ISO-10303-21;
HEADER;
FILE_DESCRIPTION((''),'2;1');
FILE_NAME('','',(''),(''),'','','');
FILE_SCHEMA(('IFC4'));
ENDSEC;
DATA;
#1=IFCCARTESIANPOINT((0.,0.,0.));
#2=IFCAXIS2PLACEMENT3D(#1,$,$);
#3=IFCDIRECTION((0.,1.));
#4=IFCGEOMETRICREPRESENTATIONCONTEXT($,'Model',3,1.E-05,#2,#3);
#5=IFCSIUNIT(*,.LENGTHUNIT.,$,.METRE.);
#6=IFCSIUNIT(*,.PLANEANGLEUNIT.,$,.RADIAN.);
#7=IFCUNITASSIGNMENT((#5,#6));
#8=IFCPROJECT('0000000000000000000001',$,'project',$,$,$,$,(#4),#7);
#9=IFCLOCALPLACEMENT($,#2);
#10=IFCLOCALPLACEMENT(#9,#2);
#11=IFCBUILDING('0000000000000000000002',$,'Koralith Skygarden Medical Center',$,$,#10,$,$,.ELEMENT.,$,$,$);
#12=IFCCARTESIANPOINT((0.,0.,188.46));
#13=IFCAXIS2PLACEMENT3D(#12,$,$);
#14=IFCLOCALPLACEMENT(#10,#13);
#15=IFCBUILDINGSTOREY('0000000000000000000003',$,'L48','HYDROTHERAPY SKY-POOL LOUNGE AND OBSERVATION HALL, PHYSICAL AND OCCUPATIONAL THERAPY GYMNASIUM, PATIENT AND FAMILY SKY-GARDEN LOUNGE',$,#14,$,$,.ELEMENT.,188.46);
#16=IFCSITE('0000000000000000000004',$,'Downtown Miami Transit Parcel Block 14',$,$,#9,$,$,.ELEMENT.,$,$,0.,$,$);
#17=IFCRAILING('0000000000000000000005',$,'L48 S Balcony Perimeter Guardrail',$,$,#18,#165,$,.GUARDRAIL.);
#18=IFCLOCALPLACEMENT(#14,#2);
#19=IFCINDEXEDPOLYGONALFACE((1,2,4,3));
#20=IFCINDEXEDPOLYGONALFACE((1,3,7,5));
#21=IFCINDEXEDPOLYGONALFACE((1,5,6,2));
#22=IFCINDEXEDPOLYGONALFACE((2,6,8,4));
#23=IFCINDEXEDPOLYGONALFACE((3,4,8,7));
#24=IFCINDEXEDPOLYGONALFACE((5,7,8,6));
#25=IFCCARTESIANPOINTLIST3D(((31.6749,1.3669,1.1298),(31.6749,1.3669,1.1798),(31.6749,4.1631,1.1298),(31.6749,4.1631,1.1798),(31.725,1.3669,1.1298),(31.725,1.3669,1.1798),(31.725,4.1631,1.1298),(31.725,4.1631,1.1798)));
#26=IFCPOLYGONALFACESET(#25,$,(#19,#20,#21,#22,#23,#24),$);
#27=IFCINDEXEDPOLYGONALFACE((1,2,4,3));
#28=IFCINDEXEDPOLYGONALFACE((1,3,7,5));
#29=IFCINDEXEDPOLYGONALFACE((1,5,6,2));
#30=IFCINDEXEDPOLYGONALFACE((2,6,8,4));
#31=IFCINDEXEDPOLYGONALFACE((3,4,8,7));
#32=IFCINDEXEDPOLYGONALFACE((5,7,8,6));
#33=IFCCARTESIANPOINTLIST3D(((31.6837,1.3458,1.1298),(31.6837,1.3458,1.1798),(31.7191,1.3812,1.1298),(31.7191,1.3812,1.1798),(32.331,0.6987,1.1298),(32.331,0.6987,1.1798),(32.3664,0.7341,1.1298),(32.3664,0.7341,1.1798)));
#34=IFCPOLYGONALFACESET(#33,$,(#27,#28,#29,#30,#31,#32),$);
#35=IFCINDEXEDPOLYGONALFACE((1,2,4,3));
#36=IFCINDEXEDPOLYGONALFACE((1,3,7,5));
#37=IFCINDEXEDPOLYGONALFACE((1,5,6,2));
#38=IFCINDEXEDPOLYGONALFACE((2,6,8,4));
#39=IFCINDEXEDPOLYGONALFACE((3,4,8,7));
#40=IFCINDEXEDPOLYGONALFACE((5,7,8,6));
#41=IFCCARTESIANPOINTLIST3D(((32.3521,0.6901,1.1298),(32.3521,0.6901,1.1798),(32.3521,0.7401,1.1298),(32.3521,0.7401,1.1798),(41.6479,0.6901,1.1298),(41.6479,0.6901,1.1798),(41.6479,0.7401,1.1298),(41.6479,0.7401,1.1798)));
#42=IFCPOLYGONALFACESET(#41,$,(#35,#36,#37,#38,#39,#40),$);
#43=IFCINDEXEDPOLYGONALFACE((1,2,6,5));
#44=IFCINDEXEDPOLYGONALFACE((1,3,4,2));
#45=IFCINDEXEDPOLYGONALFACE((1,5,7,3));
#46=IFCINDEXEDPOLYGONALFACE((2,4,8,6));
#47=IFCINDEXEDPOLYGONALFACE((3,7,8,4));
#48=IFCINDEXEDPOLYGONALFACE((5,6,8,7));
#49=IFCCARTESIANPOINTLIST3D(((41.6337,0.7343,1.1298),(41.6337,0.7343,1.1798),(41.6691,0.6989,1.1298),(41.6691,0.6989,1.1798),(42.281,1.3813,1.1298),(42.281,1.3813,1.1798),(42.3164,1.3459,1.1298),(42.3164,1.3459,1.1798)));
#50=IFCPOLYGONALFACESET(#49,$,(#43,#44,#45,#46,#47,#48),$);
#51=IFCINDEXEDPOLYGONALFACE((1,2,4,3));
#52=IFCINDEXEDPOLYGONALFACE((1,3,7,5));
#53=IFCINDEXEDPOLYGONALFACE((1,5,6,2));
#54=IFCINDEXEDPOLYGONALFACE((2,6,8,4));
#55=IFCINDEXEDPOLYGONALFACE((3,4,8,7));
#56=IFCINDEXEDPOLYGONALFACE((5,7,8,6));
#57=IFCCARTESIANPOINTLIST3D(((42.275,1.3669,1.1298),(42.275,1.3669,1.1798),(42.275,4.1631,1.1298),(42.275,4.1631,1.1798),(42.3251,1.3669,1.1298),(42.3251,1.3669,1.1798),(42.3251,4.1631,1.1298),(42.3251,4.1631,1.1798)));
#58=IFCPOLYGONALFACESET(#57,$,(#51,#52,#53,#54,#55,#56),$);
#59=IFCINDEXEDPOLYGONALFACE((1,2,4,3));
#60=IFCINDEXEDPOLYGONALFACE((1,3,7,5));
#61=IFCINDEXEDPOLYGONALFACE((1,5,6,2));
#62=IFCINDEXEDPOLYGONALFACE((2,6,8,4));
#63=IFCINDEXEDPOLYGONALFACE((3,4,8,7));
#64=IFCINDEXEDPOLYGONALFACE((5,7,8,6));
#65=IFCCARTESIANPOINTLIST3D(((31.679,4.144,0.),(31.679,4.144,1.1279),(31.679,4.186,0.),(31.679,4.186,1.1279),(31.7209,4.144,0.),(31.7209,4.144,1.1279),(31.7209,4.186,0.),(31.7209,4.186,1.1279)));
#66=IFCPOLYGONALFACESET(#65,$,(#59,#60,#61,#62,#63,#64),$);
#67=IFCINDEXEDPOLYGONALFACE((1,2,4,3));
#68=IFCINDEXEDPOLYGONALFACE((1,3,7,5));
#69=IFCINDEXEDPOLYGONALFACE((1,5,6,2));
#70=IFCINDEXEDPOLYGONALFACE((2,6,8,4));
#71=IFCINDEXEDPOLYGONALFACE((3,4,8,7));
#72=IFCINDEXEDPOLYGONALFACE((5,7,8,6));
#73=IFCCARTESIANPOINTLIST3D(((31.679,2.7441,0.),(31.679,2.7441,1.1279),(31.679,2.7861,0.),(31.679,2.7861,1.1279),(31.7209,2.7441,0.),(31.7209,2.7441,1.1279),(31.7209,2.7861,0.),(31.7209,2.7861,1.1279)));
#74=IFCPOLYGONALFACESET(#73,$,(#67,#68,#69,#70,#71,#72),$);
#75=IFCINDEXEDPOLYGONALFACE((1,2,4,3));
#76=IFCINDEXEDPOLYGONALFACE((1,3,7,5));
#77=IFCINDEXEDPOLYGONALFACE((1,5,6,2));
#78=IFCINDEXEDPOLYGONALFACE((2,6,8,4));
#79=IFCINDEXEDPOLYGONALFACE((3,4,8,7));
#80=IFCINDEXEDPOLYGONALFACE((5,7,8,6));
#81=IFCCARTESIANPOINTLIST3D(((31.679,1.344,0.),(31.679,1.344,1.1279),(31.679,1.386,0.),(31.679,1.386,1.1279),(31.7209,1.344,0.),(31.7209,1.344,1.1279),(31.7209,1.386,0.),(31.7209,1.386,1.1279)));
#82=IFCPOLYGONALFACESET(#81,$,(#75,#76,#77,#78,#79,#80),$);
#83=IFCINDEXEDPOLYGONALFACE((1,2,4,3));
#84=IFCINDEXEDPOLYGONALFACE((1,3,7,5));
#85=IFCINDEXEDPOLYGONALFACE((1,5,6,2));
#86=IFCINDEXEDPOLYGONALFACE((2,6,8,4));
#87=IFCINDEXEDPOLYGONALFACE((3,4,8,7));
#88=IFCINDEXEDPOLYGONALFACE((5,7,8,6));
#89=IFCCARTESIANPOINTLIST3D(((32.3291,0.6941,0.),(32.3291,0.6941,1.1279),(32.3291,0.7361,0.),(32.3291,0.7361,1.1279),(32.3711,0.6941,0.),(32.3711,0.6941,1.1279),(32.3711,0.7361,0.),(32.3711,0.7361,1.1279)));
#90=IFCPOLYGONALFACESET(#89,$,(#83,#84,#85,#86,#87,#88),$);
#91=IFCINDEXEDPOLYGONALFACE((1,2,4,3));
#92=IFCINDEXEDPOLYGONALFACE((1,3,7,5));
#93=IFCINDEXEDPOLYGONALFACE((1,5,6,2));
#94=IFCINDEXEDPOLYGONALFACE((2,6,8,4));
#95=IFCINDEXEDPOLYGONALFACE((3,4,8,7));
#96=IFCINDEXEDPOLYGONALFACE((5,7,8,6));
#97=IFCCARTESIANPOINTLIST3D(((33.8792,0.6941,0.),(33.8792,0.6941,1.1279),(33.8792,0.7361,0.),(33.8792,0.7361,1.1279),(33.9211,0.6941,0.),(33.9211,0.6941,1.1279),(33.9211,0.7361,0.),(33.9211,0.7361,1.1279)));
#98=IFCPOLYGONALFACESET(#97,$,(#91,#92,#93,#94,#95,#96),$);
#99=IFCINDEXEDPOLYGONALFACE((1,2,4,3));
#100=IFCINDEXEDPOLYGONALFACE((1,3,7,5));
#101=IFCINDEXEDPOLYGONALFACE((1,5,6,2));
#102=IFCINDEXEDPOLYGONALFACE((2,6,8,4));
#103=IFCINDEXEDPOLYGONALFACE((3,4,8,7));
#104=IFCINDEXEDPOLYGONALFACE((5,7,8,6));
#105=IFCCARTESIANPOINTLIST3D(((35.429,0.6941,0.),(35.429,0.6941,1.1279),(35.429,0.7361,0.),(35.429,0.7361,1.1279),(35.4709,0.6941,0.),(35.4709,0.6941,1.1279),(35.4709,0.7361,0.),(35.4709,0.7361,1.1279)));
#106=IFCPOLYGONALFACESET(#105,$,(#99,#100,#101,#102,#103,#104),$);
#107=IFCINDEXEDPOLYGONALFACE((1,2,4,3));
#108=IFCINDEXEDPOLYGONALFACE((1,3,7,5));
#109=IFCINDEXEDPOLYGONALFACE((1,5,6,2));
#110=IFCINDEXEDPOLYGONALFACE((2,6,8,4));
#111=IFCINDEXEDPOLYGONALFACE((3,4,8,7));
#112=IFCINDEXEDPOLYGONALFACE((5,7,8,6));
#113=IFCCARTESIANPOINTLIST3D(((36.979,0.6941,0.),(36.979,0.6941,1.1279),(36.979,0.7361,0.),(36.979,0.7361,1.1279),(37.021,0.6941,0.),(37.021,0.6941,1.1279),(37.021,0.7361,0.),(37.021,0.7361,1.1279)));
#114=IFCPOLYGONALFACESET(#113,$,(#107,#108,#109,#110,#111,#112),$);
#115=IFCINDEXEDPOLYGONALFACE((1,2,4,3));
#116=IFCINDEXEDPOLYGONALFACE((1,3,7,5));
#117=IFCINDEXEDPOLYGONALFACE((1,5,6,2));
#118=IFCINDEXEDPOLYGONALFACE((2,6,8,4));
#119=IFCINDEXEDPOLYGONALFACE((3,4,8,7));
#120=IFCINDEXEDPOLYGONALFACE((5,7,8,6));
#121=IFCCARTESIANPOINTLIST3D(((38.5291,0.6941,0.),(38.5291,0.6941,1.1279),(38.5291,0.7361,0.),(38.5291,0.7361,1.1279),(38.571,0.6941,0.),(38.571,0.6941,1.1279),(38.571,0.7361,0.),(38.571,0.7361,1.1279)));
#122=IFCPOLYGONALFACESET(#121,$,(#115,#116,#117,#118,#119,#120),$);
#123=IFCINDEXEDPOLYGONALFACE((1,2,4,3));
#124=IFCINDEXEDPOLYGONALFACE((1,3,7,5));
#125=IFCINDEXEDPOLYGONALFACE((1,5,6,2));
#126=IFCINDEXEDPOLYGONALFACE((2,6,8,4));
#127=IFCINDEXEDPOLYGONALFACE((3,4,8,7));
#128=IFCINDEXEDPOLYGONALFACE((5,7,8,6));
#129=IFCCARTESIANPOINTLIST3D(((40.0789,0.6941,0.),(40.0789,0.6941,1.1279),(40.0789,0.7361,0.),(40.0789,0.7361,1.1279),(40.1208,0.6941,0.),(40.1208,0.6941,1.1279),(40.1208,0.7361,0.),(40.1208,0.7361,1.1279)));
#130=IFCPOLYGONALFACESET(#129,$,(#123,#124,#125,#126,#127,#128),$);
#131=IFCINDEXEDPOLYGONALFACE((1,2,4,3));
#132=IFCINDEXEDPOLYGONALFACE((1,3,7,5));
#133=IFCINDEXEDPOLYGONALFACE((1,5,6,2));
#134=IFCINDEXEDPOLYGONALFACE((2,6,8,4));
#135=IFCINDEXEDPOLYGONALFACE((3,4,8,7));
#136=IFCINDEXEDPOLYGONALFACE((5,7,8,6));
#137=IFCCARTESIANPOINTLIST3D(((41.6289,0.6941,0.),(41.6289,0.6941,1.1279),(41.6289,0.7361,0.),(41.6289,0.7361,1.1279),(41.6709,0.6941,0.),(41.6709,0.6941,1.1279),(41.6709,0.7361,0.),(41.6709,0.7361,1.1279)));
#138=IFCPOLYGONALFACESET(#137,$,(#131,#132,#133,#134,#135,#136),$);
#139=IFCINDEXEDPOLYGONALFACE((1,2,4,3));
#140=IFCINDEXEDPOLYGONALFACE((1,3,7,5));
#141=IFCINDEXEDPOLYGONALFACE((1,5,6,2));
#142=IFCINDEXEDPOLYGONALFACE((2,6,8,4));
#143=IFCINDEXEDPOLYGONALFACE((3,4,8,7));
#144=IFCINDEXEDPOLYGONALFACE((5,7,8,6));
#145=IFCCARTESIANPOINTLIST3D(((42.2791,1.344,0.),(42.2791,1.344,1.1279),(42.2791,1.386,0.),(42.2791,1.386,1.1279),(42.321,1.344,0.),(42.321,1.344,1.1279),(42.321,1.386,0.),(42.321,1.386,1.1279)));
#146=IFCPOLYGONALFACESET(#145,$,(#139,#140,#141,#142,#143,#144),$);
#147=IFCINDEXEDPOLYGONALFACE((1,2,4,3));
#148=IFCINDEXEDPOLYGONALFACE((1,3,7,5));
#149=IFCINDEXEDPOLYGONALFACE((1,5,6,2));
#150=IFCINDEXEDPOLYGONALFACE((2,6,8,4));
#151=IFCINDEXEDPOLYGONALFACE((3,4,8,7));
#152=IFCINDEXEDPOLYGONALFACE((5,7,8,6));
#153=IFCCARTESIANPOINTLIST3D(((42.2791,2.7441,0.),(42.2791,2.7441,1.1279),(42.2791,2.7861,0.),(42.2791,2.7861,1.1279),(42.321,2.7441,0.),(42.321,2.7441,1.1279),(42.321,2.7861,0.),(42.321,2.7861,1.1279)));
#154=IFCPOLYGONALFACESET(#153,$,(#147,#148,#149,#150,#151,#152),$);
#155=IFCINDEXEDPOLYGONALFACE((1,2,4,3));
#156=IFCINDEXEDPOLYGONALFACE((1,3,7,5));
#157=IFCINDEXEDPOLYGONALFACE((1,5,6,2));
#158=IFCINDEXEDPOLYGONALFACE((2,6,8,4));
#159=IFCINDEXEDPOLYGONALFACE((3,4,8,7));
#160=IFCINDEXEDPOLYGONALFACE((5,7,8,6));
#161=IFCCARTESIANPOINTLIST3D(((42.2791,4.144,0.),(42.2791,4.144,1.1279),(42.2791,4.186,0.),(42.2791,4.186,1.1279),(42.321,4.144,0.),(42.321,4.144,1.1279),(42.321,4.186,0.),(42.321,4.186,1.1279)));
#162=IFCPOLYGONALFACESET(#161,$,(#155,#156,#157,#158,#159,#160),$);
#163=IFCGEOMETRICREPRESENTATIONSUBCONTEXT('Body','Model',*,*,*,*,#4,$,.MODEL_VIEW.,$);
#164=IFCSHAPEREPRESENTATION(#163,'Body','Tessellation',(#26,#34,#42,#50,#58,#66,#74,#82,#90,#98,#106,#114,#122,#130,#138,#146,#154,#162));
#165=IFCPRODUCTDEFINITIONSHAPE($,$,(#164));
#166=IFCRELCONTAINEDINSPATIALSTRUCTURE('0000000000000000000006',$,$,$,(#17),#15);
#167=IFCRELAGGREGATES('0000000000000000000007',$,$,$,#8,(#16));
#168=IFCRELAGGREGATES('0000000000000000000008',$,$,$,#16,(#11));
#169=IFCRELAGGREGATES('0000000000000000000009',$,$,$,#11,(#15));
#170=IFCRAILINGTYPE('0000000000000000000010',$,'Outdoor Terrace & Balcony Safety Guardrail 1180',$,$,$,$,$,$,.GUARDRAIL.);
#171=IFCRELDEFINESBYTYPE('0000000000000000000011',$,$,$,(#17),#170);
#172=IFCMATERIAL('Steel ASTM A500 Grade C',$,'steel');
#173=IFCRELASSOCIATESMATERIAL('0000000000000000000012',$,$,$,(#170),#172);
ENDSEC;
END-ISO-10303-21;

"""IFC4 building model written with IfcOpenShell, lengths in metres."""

from ifc_helpers import new_model, si_unit, direction, frame, origin, origin_2d, place, context, subcontext, project, spatial, rectangle, extrude, material, type_object, element, save


model = new_model("IFC4")

# Units and contexts
model_context = context("Model", 3, precision=1e-05, world=origin(), true_north=direction((0.0, 1.0)))
body_context = subcontext(model_context, "Body", "Model", "MODEL_VIEW")
ifc_project = project(units=[si_unit("LENGTHUNIT", "METRE"), si_unit("PLANEANGLEUNIT", "RADIAN")], contexts=[model_context])

# Site, building, storey
site_placement = place(None, origin())
site = spatial("IfcSite", under=ifc_project, at=site_placement, Name="Downtown Miami Transit Parcel Block 14", CompositionType="ELEMENT", RefElevation=0.0)
building_placement = place(site_placement, origin())
building = spatial("IfcBuilding", under=site, at=building_placement, Name="Koralith Skygarden Medical Center", CompositionType="ELEMENT")
storey_placement = place(building_placement, frame((0.0, 0.0, 188.46)))
storey = spatial("IfcBuildingStorey", under=building, at=storey_placement, Name="L48", Description="HYDROTHERAPY SKY-POOL LOUNGE AND OBSERVATION HALL, PHYSICAL AND OCCUPATIONAL THERAPY GYMNASIUM, PATIENT AND FAMILY SKY-GARDEN LOUNGE", CompositionType="ELEMENT", Elevation=188.46)

# Railing
ifc_material_1 = material(Name="Steel ASTM A500 Grade C", Category="steel")
railing_type = type_object("IfcRailingType", Name="Outdoor Terrace & Balcony Safety Guardrail 1180", PredefinedType="GUARDRAIL", material=ifc_material_1)
railing_placement = place(storey_placement, frame((31.7, 4.165, 0.0)))
element("IfcRailing", 1, at=railing_placement, inside=storey, type_object=railing_type, Name="L48 S Balcony Perimeter Guardrail", PredefinedType="GUARDRAIL", context=body_context, shape_type="SweptSolid", body=[
    extrude(rectangle(XDim=0.05, YDim=0.05, at=origin_2d()), frame((0.0, -0.002, 1.1548), z_axis=(0.0, -1.0, 0.0), x_axis=(1.0, 0.0, 0.0)), (0.0, 0.0, 1.0), 2.7961),
    extrude(rectangle(XDim=0.05, YDim=0.05, at=origin_2d()), frame((0.0015, -2.8015, 1.1548), z_axis=(0.70724, -0.706974, 0.0), x_axis=(0.706974, 0.70724, 0.0)), (0.0, 0.0, 1.0), 0.9153),
    extrude(rectangle(XDim=0.05, YDim=0.05, at=origin_2d()), frame((0.6521, -3.45, 1.1548), z_axis=(1.0, 0.0, 0.0), x_axis=(0.0, 1.0, 0.0)), (0.0, 0.0, 1.0), 9.2959),
    extrude(rectangle(XDim=0.05, YDim=0.05, at=origin_2d()), frame((9.9514, -3.4485, 1.1548), z_axis=(0.70724, 0.706974, 0.0), x_axis=(-0.706974, 0.70724, 0.0)), (0.0, 0.0, 1.0), 0.9153),
    extrude(rectangle(XDim=0.05, YDim=0.05, at=origin_2d()), frame((10.6001, -2.7981, 1.1548), z_axis=(0.0, 1.0, 0.0), x_axis=(-1.0, 0.0, 0.0)), (0.0, 0.0, 1.0), 2.7961),
    extrude(rectangle(XDim=0.042, YDim=0.042, at=origin_2d()), origin(), (0.0, 0.0, 1.0), 1.1279),
    extrude(rectangle(XDim=0.042, YDim=0.042, at=origin_2d()), frame((0.0, -1.3999, 0.0)), (0.0, 0.0, 1.0), 1.1279),
    extrude(rectangle(XDim=0.042, YDim=0.042, at=origin_2d()), frame((0.0, -2.8, 0.0)), (0.0, 0.0, 1.0), 1.1279),
    extrude(rectangle(XDim=0.042, YDim=0.042, at=origin_2d()), frame((0.6501, -3.45, 0.0)), (0.0, 0.0, 1.0), 1.1279),
    extrude(rectangle(XDim=0.042, YDim=0.042, at=origin_2d()), frame((2.2002, -3.45, 0.0)), (0.0, 0.0, 1.0), 1.1279),
    extrude(rectangle(XDim=0.042, YDim=0.042, at=origin_2d()), frame((3.75, -3.45, 0.0)), (0.0, 0.0, 1.0), 1.1279),
    extrude(rectangle(XDim=0.042, YDim=0.042, at=origin_2d()), frame((5.3, -3.45, 0.0)), (0.0, 0.0, 1.0), 1.1279),
    extrude(rectangle(XDim=0.042, YDim=0.042, at=origin_2d()), frame((6.8501, -3.45, 0.0)), (0.0, 0.0, 1.0), 1.1279),
    extrude(rectangle(XDim=0.042, YDim=0.042, at=origin_2d()), frame((8.3999, -3.45, 0.0)), (0.0, 0.0, 1.0), 1.1279),
    extrude(rectangle(XDim=0.042, YDim=0.042, at=origin_2d()), frame((9.95, -3.45, 0.0)), (0.0, 0.0, 1.0), 1.1279),
    extrude(rectangle(XDim=0.042, YDim=0.042, at=origin_2d()), frame((10.6001, -2.8, 0.0)), (0.0, 0.0, 1.0), 1.1279),
    extrude(rectangle(XDim=0.042, YDim=0.042, at=origin_2d()), frame((10.6001, -1.3999, 0.0)), (0.0, 0.0, 1.0), 1.1279),
    extrude(rectangle(XDim=0.042, YDim=0.042, at=origin_2d()), frame((10.6001, 0.0, 0.0)), (0.0, 0.0, 1.0), 1.1279),
])

save(model, "model.ifc")
